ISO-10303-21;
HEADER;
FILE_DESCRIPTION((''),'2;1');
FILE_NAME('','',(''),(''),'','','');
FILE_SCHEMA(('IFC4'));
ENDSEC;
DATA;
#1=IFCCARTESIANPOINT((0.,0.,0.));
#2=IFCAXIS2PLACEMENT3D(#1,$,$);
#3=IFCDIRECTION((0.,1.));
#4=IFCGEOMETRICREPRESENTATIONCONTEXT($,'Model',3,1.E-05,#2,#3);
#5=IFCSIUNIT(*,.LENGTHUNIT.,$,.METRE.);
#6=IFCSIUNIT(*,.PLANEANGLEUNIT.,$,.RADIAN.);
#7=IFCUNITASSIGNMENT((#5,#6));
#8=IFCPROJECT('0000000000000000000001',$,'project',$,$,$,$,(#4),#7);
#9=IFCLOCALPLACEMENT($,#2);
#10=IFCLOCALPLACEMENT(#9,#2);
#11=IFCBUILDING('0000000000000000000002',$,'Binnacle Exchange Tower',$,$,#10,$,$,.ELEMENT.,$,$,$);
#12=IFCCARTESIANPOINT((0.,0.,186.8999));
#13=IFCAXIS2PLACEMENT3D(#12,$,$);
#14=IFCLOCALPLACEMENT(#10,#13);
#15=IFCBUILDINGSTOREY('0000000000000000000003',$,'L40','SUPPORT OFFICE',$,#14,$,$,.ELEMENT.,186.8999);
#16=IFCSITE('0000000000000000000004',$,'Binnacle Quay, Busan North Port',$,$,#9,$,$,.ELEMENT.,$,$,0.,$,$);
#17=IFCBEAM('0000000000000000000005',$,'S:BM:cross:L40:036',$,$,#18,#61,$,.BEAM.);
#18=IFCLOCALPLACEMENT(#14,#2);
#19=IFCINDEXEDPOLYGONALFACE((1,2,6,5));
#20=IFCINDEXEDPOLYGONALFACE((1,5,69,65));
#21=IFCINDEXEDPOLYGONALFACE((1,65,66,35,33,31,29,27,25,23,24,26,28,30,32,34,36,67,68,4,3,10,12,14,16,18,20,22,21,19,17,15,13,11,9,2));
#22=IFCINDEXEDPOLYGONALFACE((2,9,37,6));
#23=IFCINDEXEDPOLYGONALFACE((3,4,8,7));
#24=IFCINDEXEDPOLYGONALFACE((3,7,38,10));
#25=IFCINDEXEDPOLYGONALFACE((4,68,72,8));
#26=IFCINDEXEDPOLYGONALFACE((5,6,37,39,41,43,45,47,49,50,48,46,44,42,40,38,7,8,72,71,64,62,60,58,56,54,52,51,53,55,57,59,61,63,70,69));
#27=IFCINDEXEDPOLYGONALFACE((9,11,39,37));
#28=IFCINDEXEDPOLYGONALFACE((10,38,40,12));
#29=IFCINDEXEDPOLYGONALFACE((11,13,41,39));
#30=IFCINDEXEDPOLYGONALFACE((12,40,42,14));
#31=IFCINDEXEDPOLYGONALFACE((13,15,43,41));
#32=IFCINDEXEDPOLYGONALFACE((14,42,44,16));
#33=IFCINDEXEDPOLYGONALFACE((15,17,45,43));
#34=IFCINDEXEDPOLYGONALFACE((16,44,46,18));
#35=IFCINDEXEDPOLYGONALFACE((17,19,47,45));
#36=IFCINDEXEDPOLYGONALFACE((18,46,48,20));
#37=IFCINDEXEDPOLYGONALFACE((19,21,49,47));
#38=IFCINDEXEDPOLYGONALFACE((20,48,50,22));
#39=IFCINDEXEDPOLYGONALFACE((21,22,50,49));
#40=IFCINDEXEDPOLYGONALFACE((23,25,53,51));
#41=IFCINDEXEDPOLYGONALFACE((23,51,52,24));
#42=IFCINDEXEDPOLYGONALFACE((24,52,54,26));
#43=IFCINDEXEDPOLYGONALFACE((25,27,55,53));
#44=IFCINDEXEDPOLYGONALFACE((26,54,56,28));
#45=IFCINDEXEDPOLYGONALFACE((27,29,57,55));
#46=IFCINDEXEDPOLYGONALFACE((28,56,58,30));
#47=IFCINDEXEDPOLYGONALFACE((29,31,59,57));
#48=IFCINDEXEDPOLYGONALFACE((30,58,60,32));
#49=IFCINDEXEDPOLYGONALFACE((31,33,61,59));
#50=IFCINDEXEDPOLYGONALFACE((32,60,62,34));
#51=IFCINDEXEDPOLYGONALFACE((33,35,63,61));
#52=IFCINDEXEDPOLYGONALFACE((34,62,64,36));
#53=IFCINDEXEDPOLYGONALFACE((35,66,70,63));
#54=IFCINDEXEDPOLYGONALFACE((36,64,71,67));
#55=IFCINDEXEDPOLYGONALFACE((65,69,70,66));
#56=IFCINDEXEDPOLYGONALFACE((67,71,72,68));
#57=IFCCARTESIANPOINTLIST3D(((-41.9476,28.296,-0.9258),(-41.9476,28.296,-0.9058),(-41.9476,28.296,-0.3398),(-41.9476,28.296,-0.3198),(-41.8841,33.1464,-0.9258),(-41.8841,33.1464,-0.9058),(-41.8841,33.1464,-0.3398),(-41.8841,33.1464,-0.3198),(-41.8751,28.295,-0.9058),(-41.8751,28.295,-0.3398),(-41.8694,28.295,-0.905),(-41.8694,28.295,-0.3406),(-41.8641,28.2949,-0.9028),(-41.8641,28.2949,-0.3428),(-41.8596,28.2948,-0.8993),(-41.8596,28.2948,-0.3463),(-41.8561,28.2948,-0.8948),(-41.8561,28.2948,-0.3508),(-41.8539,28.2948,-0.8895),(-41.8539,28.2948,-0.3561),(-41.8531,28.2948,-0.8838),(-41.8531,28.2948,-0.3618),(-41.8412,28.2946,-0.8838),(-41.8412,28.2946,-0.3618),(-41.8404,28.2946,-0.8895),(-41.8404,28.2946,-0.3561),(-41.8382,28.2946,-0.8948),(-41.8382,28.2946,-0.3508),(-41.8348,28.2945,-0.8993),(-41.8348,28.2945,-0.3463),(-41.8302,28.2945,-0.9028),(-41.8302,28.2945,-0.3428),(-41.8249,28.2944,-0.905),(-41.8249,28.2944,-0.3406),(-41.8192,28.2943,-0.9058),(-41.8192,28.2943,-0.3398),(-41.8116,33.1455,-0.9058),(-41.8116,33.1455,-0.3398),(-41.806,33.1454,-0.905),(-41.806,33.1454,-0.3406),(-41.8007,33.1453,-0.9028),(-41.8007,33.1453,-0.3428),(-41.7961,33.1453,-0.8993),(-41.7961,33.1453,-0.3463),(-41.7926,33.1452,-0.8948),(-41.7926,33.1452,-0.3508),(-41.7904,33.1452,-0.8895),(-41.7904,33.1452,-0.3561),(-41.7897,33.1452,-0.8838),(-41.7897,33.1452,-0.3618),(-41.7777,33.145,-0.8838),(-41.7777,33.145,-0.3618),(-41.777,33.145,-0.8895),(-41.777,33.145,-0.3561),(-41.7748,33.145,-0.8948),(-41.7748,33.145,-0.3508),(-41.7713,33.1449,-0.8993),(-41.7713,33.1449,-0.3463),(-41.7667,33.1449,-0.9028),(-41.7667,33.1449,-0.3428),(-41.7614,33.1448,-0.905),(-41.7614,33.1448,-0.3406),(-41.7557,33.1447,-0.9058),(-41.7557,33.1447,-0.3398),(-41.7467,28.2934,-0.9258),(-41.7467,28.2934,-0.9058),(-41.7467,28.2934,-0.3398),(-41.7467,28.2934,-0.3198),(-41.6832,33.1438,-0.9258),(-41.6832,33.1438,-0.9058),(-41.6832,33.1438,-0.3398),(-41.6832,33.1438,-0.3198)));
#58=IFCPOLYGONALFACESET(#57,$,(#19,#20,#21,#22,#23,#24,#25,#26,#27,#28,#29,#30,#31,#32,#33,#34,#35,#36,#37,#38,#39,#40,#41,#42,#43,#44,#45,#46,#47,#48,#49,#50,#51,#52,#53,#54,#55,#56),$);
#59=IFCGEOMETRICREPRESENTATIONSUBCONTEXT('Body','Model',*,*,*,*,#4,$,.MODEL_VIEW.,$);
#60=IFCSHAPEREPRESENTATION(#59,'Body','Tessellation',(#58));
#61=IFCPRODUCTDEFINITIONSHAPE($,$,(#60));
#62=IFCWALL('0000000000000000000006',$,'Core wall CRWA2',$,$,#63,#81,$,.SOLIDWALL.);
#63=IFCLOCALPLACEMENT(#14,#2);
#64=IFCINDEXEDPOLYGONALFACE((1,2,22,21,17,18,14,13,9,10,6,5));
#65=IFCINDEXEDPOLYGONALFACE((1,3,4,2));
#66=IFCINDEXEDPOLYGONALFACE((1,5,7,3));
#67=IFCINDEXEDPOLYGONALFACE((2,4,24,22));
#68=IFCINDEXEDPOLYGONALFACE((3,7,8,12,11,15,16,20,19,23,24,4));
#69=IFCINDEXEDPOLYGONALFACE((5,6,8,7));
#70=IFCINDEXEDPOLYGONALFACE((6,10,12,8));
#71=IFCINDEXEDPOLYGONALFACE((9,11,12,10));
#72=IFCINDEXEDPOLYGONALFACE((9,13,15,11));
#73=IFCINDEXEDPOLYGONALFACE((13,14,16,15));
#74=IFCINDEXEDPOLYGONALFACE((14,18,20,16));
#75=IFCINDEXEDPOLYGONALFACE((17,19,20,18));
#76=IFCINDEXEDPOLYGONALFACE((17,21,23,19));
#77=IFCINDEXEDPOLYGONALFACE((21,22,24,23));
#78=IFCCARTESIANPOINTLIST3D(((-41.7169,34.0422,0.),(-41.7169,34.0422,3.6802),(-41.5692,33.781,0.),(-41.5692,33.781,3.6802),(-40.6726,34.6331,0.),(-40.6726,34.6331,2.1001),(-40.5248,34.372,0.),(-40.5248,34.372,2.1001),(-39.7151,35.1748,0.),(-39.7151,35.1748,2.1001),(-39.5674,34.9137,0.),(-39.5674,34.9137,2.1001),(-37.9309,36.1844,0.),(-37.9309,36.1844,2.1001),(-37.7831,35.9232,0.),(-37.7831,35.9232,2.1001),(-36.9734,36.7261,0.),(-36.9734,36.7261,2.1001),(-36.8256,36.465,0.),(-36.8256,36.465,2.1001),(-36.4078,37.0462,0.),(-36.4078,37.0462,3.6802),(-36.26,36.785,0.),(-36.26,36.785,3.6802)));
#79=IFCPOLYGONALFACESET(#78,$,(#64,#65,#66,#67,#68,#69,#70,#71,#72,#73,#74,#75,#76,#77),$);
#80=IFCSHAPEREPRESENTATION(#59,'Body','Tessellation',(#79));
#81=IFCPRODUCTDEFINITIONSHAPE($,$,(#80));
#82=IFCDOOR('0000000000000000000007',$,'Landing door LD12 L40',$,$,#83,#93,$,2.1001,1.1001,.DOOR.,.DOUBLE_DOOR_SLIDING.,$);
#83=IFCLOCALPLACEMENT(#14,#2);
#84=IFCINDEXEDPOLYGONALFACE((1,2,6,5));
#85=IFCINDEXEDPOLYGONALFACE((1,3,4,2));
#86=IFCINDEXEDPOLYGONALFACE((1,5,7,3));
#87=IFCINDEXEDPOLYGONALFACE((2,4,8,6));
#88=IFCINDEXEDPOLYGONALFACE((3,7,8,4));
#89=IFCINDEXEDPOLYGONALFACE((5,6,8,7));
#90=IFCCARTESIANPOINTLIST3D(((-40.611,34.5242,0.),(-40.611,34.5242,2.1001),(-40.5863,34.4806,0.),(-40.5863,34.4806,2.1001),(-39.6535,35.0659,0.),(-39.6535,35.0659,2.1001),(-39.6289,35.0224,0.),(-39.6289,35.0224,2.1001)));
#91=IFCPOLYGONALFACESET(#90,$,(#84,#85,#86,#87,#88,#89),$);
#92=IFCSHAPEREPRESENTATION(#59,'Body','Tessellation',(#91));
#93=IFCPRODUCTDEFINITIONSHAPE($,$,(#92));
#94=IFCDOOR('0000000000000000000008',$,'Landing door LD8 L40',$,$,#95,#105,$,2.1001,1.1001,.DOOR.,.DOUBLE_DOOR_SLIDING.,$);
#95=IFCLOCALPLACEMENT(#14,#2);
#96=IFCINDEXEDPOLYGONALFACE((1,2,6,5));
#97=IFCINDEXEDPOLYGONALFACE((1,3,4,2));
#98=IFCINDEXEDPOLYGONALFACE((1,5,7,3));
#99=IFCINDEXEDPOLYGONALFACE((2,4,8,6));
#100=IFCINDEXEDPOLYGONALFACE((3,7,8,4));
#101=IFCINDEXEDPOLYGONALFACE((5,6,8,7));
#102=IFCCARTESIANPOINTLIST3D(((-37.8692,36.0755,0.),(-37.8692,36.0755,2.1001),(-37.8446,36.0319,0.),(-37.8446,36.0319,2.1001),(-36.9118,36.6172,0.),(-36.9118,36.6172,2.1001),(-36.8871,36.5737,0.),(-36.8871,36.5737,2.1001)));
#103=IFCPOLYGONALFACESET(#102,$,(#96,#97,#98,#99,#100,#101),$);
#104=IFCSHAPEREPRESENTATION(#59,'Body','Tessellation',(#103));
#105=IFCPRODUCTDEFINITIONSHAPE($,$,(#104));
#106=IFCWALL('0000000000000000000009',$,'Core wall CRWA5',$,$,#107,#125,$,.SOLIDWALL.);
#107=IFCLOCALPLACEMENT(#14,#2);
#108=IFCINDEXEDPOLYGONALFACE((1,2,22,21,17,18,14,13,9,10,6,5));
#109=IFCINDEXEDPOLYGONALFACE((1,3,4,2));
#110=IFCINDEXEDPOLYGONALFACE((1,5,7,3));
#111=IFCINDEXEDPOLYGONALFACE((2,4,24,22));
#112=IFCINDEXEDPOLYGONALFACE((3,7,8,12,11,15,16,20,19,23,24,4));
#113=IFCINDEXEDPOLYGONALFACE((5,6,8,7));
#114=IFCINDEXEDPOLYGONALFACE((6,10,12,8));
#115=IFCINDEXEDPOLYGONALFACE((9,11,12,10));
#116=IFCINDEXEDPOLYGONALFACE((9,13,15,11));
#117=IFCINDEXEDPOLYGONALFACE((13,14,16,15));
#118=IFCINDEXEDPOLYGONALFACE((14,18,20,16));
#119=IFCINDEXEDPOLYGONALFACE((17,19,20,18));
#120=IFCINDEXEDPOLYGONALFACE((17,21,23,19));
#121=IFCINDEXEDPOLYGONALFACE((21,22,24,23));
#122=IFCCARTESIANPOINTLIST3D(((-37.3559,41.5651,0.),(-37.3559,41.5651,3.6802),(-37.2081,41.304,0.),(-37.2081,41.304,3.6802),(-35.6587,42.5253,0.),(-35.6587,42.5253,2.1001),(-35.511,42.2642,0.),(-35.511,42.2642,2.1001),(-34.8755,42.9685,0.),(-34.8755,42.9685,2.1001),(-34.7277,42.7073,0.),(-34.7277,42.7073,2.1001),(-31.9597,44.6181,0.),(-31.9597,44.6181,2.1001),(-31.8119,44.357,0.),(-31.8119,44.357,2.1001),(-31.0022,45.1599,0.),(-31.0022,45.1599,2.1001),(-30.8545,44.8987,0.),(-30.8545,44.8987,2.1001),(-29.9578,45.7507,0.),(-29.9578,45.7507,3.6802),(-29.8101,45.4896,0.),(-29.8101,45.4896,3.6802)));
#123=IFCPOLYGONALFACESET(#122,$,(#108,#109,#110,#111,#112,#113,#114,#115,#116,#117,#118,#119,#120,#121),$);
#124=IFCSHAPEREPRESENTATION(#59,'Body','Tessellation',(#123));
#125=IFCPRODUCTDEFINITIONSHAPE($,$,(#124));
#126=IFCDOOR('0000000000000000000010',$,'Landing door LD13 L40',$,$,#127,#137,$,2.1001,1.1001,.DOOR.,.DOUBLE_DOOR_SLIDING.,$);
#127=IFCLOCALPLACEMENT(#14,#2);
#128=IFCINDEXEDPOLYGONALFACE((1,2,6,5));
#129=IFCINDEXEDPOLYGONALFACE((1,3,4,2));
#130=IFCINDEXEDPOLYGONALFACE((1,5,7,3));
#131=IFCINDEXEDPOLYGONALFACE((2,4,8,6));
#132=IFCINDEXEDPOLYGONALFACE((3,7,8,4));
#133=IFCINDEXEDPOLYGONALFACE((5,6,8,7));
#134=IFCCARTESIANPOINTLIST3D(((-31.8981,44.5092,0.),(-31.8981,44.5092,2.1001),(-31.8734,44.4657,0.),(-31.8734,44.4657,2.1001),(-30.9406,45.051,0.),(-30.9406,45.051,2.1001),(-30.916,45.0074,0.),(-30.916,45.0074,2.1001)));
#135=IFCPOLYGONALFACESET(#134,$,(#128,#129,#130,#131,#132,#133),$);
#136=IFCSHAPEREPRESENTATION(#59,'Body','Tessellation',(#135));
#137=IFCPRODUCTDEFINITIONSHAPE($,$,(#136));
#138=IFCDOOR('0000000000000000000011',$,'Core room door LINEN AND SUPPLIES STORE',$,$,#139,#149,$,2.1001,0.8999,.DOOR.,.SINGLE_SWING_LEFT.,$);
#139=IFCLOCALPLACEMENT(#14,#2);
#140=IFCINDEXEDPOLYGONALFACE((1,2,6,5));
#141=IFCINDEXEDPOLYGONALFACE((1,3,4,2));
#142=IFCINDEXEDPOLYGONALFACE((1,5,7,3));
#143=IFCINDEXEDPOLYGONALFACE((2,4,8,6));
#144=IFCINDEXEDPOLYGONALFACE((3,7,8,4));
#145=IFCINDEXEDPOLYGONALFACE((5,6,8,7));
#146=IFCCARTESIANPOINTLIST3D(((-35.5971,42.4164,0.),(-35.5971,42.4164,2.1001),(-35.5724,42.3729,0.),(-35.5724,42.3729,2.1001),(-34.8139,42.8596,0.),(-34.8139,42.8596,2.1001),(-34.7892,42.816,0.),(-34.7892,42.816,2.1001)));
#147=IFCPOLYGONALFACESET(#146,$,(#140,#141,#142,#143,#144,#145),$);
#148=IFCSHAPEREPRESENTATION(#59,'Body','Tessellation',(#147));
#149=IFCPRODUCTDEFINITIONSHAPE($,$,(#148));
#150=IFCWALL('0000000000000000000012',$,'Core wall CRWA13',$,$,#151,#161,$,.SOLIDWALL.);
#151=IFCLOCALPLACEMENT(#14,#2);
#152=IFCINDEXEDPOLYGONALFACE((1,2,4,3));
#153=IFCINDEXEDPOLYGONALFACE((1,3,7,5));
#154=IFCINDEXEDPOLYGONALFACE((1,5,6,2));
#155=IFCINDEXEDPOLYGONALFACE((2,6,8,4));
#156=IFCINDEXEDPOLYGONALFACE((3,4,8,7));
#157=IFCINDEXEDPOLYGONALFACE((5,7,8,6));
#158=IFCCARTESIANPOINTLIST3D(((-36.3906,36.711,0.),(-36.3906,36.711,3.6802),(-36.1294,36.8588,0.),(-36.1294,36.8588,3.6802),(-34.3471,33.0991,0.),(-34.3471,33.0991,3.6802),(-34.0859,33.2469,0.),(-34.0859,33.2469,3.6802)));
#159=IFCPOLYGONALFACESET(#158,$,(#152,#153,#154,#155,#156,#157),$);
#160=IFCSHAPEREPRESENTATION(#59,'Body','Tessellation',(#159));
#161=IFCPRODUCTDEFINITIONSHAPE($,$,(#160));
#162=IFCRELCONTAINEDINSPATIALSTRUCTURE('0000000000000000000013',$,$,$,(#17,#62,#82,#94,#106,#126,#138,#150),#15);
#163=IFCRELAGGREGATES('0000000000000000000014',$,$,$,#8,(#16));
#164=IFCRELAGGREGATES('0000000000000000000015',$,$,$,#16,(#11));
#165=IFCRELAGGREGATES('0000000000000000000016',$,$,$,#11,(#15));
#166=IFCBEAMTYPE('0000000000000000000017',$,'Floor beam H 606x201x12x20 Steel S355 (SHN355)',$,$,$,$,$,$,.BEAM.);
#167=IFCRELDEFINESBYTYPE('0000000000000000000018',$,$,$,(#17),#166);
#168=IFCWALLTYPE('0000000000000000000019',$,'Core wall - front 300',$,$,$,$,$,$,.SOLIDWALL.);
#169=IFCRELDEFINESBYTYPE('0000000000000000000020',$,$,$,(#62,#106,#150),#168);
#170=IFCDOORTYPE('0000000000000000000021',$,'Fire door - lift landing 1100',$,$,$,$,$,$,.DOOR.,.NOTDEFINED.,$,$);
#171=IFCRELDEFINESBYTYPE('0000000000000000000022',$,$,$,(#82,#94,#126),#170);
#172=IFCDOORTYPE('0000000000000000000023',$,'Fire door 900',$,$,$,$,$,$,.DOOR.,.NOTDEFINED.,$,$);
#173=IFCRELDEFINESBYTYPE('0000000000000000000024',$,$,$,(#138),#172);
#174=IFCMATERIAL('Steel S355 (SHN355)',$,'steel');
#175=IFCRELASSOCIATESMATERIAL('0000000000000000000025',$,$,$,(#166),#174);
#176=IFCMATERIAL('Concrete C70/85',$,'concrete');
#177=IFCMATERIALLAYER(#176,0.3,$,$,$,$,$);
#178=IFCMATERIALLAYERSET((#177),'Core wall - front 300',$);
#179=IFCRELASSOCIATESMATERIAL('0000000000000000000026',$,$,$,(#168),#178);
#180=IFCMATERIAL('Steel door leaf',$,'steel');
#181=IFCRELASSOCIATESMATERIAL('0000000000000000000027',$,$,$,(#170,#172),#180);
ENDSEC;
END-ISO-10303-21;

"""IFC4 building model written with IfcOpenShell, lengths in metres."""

from ifc_helpers import new_model, si_unit, direction, frame, frame_2d, origin, origin_2d, place, context, subcontext, project, spatial, rectangle, i_section, extrude, material, layer, layer_set, material_profile, profile_set, type_object, element, fill, save


model = new_model("IFC4")

# Units and contexts
model_context = context("Model", 3, precision=1e-05, world=origin(), true_north=direction((0.0, 1.0)))
body_context = subcontext(model_context, "Body", "Model", "MODEL_VIEW")
ifc_project = project(units=[si_unit("LENGTHUNIT", "METRE"), si_unit("PLANEANGLEUNIT", "RADIAN")], contexts=[model_context])

# Site, building, storey
site_placement = place(None, origin())
site = spatial("IfcSite", under=ifc_project, at=site_placement, Name="Binnacle Quay, Busan North Port", CompositionType="ELEMENT", RefElevation=0.0)
building_placement = place(site_placement, origin())
building = spatial("IfcBuilding", under=site, at=building_placement, Name="Binnacle Exchange Tower", CompositionType="ELEMENT")
storey_placement = place(building_placement, frame((0.0, 0.0, 186.8999)))
storey = spatial("IfcBuildingStorey", under=building, at=storey_placement, Name="L40", Description="SUPPORT OFFICE", CompositionType="ELEMENT", Elevation=186.8999)

# Shared definitions
ifc_material_1 = material(Name="Concrete C70/85", Category="concrete")

# Beam
ifc_material_2 = material(Name="Steel S355 (SHN355)", Category="steel")
ifc_material_profile_1 = material_profile(ifc_material_2, i_section(OverallWidth=0.2009, OverallDepth=0.606, WebThickness=0.012, FlangeThickness=0.02, FilletRadius=0.022, at=origin_2d()), Name="H 606x201x12x20")
ifc_profile_set_1 = profile_set([ifc_material_profile_1], Name="Steel S355 (SHN355)")
beam_type_1 = type_object("IfcBeamType", Name="Floor beam H 606x201x12x20 Steel S355 (SHN355)", PredefinedType="BEAM", material=ifc_profile_set_1)
beam_1_placement = place(storey_placement, frame((-41.8472, 28.2947, -0.6228), z_axis=(0.013086, 0.999914, 0.0), x_axis=(-0.999914, 0.013086, 0.0)))
element("IfcBeam", 1, at=beam_1_placement, inside=storey, type_object=beam_type_1, Name="S:BM:cross:L40:036", PredefinedType="BEAM", context=body_context, shape_type="SweptSolid", body=[
    extrude(i_section(OverallWidth=0.2009, OverallDepth=0.606, WebThickness=0.012, FlangeThickness=0.02, FilletRadius=0.022, at=origin_2d()), origin(), (0.0, 0.0, 1.0), 4.8508),
])

# Walls, openings, doors
ifc_layer_1 = layer(ifc_material_1, 0.3)
ifc_layer_set_1 = layer_set([ifc_layer_1], Name="Core wall - front 300")
wall_type_1 = type_object("IfcWallType", Name="Core wall - front 300", PredefinedType="SOLIDWALL", material=ifc_layer_set_1)
wall_1_placement = place(storey_placement, frame((-41.6431, 33.9116, 0.0), z_axis=(0.0, 0.0, 1.0), x_axis=(0.870344, 0.492445, 0.0)))
wall_1 = element("IfcWall", 2, at=wall_1_placement, inside=storey, type_object=wall_type_1, Name="Core wall CRWA2", PredefinedType="SOLIDWALL", context=body_context, shape_type="SweptSolid", body=[
    extrude(rectangle(XDim=6.1001, YDim=0.3, at=frame_2d((3.05, 0.0))), origin(), (0.0, 0.0, 1.0), 3.6802),
])
opening_1_placement = place(wall_1_placement, frame((1.2, 0.0, 0.0)))
opening_1 = element("IfcOpeningElement", 3, at=opening_1_placement, cuts=wall_1, PredefinedType="OPENING", context=body_context, shape_type="SweptSolid", body=[
    extrude(rectangle(XDim=1.1001, YDim=2.1001, at=frame_2d((0.55, 1.05))), frame((0.0, 0.1599, 0.0), z_axis=(0.0, -1.0, 0.0), x_axis=(1.0, 0.0, 0.0)), (0.0, 0.0, 1.0), 0.3201),
])
opening_2_placement = place(wall_1_placement, frame((4.3501, 0.0, 0.0)))
opening_2 = element("IfcOpeningElement", 4, at=opening_2_placement, cuts=wall_1, PredefinedType="OPENING", context=body_context, shape_type="SweptSolid", body=[
    extrude(rectangle(XDim=1.1001, YDim=2.1001, at=frame_2d((0.55, 1.05))), frame((0.0, 0.1599, 0.0), z_axis=(0.0, -1.0, 0.0), x_axis=(1.0, 0.0, 0.0)), (0.0, 0.0, 1.0), 0.3201),
])
ifc_material_3 = material(Name="Steel door leaf", Category="steel")
door_type_1 = type_object("IfcDoorType", Name="Fire door - lift landing 1100", OperationType="NOTDEFINED", PredefinedType="DOOR", material=ifc_material_3)
door_1_placement = place(opening_1_placement, origin())
door_1 = element("IfcDoor", 5, at=door_1_placement, inside=storey, type_object=door_type_1, Name="Landing door LD12 L40", OperationType="DOUBLE_DOOR_SLIDING", OverallHeight=2.1001, OverallWidth=1.1001, PredefinedType="DOOR", context=body_context, shape_type="SweptSolid", body=[
    extrude(rectangle(XDim=1.1001, YDim=2.1001, at=frame_2d((0.55, 1.05))), frame((0.0, 0.0249, 0.0), z_axis=(0.0, -1.0, 0.0), x_axis=(1.0, 0.0, 0.0)), (0.0, 0.0, 1.0), 0.05),
])
fill(opening_1, door_1)
door_2_placement = place(opening_2_placement, origin())
door_2 = element("IfcDoor", 6, at=door_2_placement, inside=storey, type_object=door_type_1, Name="Landing door LD8 L40", OperationType="DOUBLE_DOOR_SLIDING", OverallHeight=2.1001, OverallWidth=1.1001, PredefinedType="DOOR", context=body_context, shape_type="SweptSolid", body=[
    extrude(rectangle(XDim=1.1001, YDim=2.1001, at=frame_2d((0.55, 1.05))), frame((0.0, 0.0249, 0.0), z_axis=(0.0, -1.0, 0.0), x_axis=(1.0, 0.0, 0.0)), (0.0, 0.0, 1.0), 0.05),
])
fill(opening_2, door_2)
wall_2_placement = place(storey_placement, frame((-37.282, 41.4346, 0.0), z_axis=(0.0, 0.0, 1.0), x_axis=(0.870356, 0.492423, 0.0)))
wall_2 = element("IfcWall", 7, at=wall_2_placement, inside=storey, type_object=wall_type_1, Name="Core wall CRWA5", PredefinedType="SOLIDWALL", context=body_context, shape_type="SweptSolid", body=[
    extrude(rectangle(XDim=8.5, YDim=0.3, at=frame_2d((4.25, 0.0))), origin(), (0.0, 0.0, 1.0), 3.6802),
])
opening_3_placement = place(wall_2_placement, frame((6.2, 0.0, 0.0)))
opening_3 = element("IfcOpeningElement", 8, at=opening_3_placement, cuts=wall_2, PredefinedType="OPENING", context=body_context, shape_type="SweptSolid", body=[
    extrude(rectangle(XDim=1.1001, YDim=2.1001, at=frame_2d((0.55, 1.05))), frame((0.0, 0.1599, 0.0), z_axis=(0.0, -1.0, 0.0), x_axis=(1.0, 0.0, 0.0)), (0.0, 0.0, 1.0), 0.3201),
])
opening_4_placement = place(wall_2_placement, frame((1.95, 0.0, 0.0)))
opening_4 = element("IfcOpeningElement", 9, at=opening_4_placement, cuts=wall_2, PredefinedType="OPENING", context=body_context, shape_type="SweptSolid", body=[
    extrude(rectangle(XDim=0.8999, YDim=2.1001, at=frame_2d((0.45, 1.05))), frame((0.0, 0.1599, 0.0), z_axis=(0.0, -1.0, 0.0), x_axis=(1.0, 0.0, 0.0)), (0.0, 0.0, 1.0), 0.3201),
])
door_3_placement = place(opening_3_placement, origin())
door_3 = element("IfcDoor", 10, at=door_3_placement, inside=storey, type_object=door_type_1, Name="Landing door LD13 L40", OperationType="DOUBLE_DOOR_SLIDING", OverallHeight=2.1001, OverallWidth=1.1001, PredefinedType="DOOR", context=body_context, shape_type="SweptSolid", body=[
    extrude(rectangle(XDim=1.1001, YDim=2.1001, at=frame_2d((0.55, 1.05))), frame((0.0, 0.0249, 0.0), z_axis=(0.0, -1.0, 0.0), x_axis=(1.0, 0.0, 0.0)), (0.0, 0.0, 1.0), 0.05),
])
fill(opening_3, door_3)
door_type_2 = type_object("IfcDoorType", Name="Fire door 900", OperationType="NOTDEFINED", PredefinedType="DOOR", material=ifc_material_3)
door_4_placement = place(opening_4_placement, origin())
door_4 = element("IfcDoor", 11, at=door_4_placement, inside=storey, type_object=door_type_2, Name="Core room door LINEN AND SUPPLIES STORE", OperationType="SINGLE_SWING_LEFT", OverallHeight=2.1001, OverallWidth=0.8999, PredefinedType="DOOR", context=body_context, shape_type="SweptSolid", body=[
    extrude(rectangle(XDim=0.8999, YDim=2.1001, at=frame_2d((0.45, 1.05))), frame((0.0, 0.0249, 0.0), z_axis=(0.0, -1.0, 0.0), x_axis=(1.0, 0.0, 0.0)), (0.0, 0.0, 1.0), 0.05),
])
fill(opening_4, door_4)

# Wall
wall_3_placement = place(storey_placement, frame((-36.26, 36.7849, 0.0), z_axis=(0.0, 0.0, 1.0), x_axis=(0.492422, -0.870357, 0.0)))
element("IfcWall", 12, at=wall_3_placement, inside=storey, type_object=wall_type_1, Name="Core wall CRWA13", PredefinedType="SOLIDWALL", context=body_context, shape_type="SweptSolid", body=[
    extrude(rectangle(XDim=4.1499, YDim=0.3, at=frame_2d((2.075, 0.0))), origin(), (0.0, 0.0, 1.0), 3.6802),
])

save(model, "model.ifc")
